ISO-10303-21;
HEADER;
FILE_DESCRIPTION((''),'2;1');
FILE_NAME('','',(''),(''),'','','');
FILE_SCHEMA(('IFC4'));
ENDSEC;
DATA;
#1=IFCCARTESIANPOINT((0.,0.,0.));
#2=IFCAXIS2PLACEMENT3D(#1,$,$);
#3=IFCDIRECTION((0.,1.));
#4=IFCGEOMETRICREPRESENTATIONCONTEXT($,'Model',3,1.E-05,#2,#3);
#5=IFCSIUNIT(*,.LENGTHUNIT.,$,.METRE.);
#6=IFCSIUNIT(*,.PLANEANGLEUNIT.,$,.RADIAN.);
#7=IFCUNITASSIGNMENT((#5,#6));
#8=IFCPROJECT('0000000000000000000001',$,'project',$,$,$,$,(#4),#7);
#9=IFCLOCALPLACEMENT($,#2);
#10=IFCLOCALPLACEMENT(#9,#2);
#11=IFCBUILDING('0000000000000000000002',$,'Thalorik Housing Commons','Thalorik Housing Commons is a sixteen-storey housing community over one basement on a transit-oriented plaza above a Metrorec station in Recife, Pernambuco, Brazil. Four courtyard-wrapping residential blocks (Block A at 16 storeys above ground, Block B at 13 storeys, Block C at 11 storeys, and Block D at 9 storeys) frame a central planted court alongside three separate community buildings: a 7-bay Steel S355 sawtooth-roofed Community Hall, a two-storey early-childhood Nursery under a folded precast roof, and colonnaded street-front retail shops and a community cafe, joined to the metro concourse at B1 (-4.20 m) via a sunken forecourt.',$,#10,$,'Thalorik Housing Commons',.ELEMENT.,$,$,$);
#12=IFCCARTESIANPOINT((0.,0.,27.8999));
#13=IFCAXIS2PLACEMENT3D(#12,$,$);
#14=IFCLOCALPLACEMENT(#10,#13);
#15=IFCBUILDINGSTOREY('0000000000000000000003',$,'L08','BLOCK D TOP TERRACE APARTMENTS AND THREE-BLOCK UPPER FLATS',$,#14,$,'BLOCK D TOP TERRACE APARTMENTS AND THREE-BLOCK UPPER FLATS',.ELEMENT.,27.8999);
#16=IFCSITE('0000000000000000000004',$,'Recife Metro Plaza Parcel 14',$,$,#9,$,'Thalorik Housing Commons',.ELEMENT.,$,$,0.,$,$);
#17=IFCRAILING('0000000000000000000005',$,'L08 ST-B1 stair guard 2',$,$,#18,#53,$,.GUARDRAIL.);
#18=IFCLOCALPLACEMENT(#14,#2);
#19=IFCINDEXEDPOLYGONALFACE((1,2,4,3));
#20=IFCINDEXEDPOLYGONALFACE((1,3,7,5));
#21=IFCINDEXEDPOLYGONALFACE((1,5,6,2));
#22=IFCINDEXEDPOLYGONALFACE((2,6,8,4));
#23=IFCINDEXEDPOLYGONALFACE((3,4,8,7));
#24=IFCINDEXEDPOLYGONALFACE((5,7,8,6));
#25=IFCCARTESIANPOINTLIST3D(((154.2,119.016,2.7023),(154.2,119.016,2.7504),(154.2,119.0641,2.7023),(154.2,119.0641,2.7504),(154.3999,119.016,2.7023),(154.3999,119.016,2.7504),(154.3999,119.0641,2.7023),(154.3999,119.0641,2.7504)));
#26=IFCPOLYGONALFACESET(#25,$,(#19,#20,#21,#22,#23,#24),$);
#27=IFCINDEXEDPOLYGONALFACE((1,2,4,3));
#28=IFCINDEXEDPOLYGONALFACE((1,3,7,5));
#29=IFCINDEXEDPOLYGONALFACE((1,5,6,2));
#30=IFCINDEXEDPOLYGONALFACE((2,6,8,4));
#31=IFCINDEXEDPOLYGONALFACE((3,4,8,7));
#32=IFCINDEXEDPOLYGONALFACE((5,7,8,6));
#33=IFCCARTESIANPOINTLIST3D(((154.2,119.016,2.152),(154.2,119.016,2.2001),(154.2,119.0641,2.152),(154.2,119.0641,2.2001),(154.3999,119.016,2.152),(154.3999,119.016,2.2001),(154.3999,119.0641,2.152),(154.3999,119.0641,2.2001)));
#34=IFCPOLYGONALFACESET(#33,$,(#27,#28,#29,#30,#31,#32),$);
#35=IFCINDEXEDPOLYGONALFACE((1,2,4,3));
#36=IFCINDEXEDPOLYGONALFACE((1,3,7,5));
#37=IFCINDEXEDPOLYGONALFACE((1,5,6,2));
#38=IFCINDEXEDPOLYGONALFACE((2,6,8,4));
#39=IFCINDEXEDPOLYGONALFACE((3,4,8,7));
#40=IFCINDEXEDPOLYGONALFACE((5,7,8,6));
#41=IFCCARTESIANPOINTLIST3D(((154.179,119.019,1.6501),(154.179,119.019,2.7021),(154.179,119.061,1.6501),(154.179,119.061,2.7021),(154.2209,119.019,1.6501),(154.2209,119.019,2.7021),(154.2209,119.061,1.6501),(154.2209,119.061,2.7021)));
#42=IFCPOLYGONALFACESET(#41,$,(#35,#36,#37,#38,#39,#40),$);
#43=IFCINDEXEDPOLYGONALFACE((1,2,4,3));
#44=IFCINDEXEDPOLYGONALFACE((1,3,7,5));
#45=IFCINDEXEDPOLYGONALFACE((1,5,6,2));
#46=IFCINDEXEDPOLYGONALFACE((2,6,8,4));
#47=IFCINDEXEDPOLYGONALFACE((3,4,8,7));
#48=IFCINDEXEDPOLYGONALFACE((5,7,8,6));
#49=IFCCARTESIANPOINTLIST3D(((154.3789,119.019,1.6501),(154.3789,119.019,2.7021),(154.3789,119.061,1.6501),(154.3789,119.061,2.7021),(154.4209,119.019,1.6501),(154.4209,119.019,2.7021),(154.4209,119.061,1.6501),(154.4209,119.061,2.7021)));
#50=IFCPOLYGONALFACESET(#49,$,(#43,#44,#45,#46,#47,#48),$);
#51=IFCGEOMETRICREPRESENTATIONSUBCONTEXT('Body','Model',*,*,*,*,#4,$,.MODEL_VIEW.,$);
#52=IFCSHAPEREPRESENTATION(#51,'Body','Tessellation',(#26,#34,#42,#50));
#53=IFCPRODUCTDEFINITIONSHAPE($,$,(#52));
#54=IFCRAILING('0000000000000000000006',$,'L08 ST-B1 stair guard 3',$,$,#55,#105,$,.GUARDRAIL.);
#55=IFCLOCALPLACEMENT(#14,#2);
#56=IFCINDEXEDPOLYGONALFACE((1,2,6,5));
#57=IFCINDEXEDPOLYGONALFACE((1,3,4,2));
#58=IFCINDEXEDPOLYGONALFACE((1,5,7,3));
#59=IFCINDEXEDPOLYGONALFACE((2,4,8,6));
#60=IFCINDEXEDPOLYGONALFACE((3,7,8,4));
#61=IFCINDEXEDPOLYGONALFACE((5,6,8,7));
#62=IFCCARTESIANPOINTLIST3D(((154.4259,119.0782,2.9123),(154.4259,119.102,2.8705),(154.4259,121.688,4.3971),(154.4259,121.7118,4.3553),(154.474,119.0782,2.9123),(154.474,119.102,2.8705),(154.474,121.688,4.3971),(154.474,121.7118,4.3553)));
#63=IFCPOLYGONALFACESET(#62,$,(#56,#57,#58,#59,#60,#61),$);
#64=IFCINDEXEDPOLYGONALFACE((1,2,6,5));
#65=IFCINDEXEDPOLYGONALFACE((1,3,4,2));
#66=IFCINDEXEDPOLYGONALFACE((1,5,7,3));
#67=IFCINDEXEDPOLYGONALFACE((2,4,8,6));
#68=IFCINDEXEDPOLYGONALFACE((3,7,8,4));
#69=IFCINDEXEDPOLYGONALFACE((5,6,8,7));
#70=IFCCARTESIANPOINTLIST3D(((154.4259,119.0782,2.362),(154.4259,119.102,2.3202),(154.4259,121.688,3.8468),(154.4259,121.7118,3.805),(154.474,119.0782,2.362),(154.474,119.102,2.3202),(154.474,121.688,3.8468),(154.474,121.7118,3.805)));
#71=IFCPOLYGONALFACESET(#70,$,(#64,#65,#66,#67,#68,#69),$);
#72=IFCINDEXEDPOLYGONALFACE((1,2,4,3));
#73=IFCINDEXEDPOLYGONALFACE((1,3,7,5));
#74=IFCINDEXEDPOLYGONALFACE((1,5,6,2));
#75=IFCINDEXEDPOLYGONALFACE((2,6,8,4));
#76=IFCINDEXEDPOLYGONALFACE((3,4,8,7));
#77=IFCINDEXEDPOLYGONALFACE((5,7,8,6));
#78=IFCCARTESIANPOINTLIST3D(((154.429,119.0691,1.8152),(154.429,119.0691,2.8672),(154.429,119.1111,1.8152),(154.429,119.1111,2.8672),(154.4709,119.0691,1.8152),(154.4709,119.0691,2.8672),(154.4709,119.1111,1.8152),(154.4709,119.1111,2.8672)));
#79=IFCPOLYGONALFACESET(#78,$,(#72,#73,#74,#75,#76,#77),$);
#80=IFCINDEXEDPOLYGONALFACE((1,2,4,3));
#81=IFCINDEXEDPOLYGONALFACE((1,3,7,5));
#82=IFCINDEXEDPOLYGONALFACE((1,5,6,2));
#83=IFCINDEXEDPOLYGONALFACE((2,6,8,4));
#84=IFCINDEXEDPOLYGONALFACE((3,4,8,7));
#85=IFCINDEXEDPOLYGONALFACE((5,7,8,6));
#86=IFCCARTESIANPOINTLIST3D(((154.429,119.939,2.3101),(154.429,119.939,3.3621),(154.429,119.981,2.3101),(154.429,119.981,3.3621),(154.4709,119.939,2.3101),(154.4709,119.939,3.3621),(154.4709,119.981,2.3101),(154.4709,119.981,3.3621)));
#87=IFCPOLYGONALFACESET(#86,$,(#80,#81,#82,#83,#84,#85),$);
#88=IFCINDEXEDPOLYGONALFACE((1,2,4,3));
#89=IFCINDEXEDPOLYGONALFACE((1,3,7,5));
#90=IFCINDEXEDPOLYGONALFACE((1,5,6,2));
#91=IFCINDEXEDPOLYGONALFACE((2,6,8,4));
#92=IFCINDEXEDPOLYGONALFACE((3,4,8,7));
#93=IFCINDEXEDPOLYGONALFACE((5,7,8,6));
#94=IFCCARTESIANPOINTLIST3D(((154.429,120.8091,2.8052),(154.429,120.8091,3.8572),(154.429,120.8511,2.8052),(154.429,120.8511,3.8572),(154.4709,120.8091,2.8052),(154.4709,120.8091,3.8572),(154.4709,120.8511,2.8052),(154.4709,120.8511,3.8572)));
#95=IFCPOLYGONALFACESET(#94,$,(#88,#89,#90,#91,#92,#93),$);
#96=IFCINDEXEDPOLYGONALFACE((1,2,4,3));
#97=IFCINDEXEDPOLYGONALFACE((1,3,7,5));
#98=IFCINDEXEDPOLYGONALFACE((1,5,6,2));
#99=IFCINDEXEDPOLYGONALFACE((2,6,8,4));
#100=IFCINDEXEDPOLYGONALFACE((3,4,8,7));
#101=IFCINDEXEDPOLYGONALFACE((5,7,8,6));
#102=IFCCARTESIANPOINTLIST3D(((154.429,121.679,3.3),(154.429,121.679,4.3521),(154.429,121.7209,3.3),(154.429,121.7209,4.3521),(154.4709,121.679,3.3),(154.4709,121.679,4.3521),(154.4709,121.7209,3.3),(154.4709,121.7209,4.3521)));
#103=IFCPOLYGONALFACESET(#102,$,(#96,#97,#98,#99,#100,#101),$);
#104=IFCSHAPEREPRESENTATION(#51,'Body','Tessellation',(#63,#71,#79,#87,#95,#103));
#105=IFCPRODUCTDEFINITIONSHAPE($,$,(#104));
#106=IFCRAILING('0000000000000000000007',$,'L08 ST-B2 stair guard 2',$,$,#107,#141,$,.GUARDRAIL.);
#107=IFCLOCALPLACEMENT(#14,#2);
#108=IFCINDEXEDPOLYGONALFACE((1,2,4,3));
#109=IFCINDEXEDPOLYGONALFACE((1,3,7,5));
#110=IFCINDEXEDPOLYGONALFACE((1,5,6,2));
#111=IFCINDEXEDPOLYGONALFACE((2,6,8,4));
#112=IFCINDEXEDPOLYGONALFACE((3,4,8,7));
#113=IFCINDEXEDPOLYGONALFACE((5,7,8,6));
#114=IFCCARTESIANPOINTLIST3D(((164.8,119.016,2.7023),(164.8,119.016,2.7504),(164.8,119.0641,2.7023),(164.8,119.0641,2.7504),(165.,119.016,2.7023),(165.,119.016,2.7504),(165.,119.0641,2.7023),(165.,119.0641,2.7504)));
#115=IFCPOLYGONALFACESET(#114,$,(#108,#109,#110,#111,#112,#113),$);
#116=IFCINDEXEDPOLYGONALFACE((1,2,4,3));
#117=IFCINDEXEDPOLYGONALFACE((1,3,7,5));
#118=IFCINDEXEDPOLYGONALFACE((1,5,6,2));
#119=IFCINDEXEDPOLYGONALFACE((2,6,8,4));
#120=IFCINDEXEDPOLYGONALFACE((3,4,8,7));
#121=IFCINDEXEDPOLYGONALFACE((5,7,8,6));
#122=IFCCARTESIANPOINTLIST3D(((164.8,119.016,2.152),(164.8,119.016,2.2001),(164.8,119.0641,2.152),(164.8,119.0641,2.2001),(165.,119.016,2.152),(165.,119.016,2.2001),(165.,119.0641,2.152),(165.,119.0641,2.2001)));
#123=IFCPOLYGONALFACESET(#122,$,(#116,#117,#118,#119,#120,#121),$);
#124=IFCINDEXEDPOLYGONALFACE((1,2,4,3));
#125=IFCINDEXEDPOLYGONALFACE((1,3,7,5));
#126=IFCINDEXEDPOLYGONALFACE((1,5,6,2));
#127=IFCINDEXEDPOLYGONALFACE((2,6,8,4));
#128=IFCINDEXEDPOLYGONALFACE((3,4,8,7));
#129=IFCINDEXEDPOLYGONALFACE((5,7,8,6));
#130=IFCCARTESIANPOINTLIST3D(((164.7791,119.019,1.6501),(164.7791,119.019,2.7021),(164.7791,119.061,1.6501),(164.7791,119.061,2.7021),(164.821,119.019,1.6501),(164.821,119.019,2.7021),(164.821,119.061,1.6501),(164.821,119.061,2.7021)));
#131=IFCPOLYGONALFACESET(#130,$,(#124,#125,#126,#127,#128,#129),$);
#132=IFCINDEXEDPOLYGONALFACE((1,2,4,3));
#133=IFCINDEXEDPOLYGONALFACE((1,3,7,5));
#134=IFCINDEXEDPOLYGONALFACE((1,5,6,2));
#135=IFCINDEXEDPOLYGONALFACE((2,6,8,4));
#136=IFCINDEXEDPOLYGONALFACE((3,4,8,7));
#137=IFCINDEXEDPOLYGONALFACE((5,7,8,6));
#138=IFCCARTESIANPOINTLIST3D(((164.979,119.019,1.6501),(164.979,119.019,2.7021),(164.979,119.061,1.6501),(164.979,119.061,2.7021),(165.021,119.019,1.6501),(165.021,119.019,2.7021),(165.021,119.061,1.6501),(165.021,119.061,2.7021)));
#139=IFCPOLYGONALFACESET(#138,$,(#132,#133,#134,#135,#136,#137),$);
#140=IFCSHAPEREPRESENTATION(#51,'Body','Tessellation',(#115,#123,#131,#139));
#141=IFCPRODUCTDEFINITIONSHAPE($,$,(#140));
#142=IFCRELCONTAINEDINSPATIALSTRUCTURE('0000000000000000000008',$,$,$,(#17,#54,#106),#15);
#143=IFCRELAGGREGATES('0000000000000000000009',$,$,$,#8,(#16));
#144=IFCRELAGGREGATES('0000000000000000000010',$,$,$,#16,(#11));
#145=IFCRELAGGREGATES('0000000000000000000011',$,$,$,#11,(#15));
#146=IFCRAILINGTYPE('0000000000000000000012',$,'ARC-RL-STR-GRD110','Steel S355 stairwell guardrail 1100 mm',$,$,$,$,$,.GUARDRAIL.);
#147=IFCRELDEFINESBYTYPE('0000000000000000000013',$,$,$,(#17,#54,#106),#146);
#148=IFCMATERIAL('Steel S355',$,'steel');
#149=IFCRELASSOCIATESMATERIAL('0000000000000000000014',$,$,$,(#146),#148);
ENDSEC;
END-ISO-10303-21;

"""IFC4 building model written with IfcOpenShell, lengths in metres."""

from ifc_helpers import new_model, si_unit, direction, frame, origin, origin_2d, place, context, subcontext, project, spatial, rectangle, extrude, material, type_object, element, save


model = new_model("IFC4")

# Units and contexts
model_context = context("Model", 3, precision=1e-05, world=origin(), true_north=direction((0.0, 1.0)))
body_context = subcontext(model_context, "Body", "Model", "MODEL_VIEW")
ifc_project = project(units=[si_unit("LENGTHUNIT", "METRE"), si_unit("PLANEANGLEUNIT", "RADIAN")], contexts=[model_context])

# Site, building, storey
site_placement = place(None, origin())
site = spatial("IfcSite", under=ifc_project, at=site_placement, Name="Recife Metro Plaza Parcel 14", LongName="Thalorik Housing Commons", CompositionType="ELEMENT", RefElevation=0.0)
building_placement = place(site_placement, origin())
building = spatial("IfcBuilding", under=site, at=building_placement, Name="Thalorik Housing Commons", Description="Thalorik Housing Commons is a sixteen-storey housing community over one basement on a transit-oriented plaza above a Metrorec station in Recife, Pernambuco, Brazil. Four courtyard-wrapping residential blocks (Block A at 16 storeys above ground, Block B at 13 storeys, Block C at 11 storeys, and Block D at 9 storeys) frame a central planted court alongside three separate community buildings: a 7-bay Steel S355 sawtooth-roofed Community Hall, a two-storey early-childhood Nursery under a folded precast roof, and colonnaded street-front retail shops and a community cafe, joined to the metro concourse at B1 (-4.20 m) via a sunken forecourt.", LongName="Thalorik Housing Commons", CompositionType="ELEMENT")
storey_placement = place(building_placement, frame((0.0, 0.0, 27.8999)))
storey = spatial("IfcBuildingStorey", under=building, at=storey_placement, Name="L08", Description="BLOCK D TOP TERRACE APARTMENTS AND THREE-BLOCK UPPER FLATS", LongName="BLOCK D TOP TERRACE APARTMENTS AND THREE-BLOCK UPPER FLATS", CompositionType="ELEMENT", Elevation=27.8999)

# Shared definitions
ifc_material_1 = material(Name="Steel S355", Category="steel")

# Railings
railing_type = type_object("IfcRailingType", Name="ARC-RL-STR-GRD110", Description="Steel S355 stairwell guardrail 1100 mm", PredefinedType="GUARDRAIL", material=ifc_material_1)
railing_1_placement = place(storey_placement, frame((154.2, 119.04, 1.6501)))
element("IfcRailing", 1, at=railing_1_placement, inside=storey, type_object=railing_type, Name="L08 ST-B1 stair guard 2", PredefinedType="GUARDRAIL", context=body_context, shape_type="SweptSolid", body=[
    extrude(rectangle(XDim=0.0481, YDim=0.0481, at=origin_2d()), frame((0.0, 0.0, 1.0762), z_axis=(1.0, 0.0, 0.0), x_axis=(0.0, 1.0, 0.0)), (0.0, 0.0, 1.0), 0.2),
    extrude(rectangle(XDim=0.0481, YDim=0.0481, at=origin_2d()), frame((0.0, 0.0, 0.5259), z_axis=(1.0, 0.0, 0.0), x_axis=(0.0, 1.0, 0.0)), (0.0, 0.0, 1.0), 0.2),
    extrude(rectangle(XDim=0.042, YDim=0.042, at=origin_2d()), origin(), (0.0, 0.0, 1.0), 1.052),
    extrude(rectangle(XDim=0.042, YDim=0.042, at=origin_2d()), frame((0.2, 0.0, 0.0)), (0.0, 0.0, 1.0), 1.052),
])
railing_2_placement = place(storey_placement, frame((154.45, 119.0901, 1.8152)))
element("IfcRailing", 2, at=railing_2_placement, inside=storey, type_object=railing_type, Name="L08 ST-B1 stair guard 3", PredefinedType="GUARDRAIL", context=body_context, shape_type="SweptSolid", body=[
    extrude(rectangle(XDim=0.0481, YDim=0.0481, at=origin_2d()), frame((0.0, 0.0, 1.0762), z_axis=(0.0, 0.869172, 0.494509), x_axis=(-1.0, 0.0, 0.0)), (0.0, 0.0, 1.0), 3.0027),
    extrude(rectangle(XDim=0.0481, YDim=0.0481, at=origin_2d()), frame((0.0, 0.0, 0.5259), z_axis=(0.0, 0.869172, 0.494509), x_axis=(-1.0, 0.0, 0.0)), (0.0, 0.0, 1.0), 3.0027),
    extrude(rectangle(XDim=0.042, YDim=0.042, at=origin_2d()), origin(), (0.0, 0.0, 1.0), 1.052),
    extrude(rectangle(XDim=0.042, YDim=0.042, at=origin_2d()), frame((0.0, 0.8699, 0.4949)), (0.0, 0.0, 1.0), 1.052),
    extrude(rectangle(XDim=0.042, YDim=0.042, at=origin_2d()), frame((0.0, 1.74, 0.99)), (0.0, 0.0, 1.0), 1.052),
    extrude(rectangle(XDim=0.042, YDim=0.042, at=origin_2d()), frame((0.0, 2.6099, 1.4849)), (0.0, 0.0, 1.0), 1.052),
])
railing_3_placement = place(storey_placement, frame((164.8, 119.04, 1.6501)))
element("IfcRailing", 3, at=railing_3_placement, inside=storey, type_object=railing_type, Name="L08 ST-B2 stair guard 2", PredefinedType="GUARDRAIL", context=body_context, shape_type="SweptSolid", body=[
    extrude(rectangle(XDim=0.0481, YDim=0.0481, at=origin_2d()), frame((0.0, 0.0, 1.0762), z_axis=(1.0, 0.0, 0.0), x_axis=(0.0, 1.0, 0.0)), (0.0, 0.0, 1.0), 0.2),
    extrude(rectangle(XDim=0.0481, YDim=0.0481, at=origin_2d()), frame((0.0, 0.0, 0.5259), z_axis=(1.0, 0.0, 0.0), x_axis=(0.0, 1.0, 0.0)), (0.0, 0.0, 1.0), 0.2),
    extrude(rectangle(XDim=0.042, YDim=0.042, at=origin_2d()), origin(), (0.0, 0.0, 1.0), 1.052),
    extrude(rectangle(XDim=0.042, YDim=0.042, at=origin_2d()), frame((0.2, 0.0, 0.0)), (0.0, 0.0, 1.0), 1.052),
])

save(model, "model.ifc")
